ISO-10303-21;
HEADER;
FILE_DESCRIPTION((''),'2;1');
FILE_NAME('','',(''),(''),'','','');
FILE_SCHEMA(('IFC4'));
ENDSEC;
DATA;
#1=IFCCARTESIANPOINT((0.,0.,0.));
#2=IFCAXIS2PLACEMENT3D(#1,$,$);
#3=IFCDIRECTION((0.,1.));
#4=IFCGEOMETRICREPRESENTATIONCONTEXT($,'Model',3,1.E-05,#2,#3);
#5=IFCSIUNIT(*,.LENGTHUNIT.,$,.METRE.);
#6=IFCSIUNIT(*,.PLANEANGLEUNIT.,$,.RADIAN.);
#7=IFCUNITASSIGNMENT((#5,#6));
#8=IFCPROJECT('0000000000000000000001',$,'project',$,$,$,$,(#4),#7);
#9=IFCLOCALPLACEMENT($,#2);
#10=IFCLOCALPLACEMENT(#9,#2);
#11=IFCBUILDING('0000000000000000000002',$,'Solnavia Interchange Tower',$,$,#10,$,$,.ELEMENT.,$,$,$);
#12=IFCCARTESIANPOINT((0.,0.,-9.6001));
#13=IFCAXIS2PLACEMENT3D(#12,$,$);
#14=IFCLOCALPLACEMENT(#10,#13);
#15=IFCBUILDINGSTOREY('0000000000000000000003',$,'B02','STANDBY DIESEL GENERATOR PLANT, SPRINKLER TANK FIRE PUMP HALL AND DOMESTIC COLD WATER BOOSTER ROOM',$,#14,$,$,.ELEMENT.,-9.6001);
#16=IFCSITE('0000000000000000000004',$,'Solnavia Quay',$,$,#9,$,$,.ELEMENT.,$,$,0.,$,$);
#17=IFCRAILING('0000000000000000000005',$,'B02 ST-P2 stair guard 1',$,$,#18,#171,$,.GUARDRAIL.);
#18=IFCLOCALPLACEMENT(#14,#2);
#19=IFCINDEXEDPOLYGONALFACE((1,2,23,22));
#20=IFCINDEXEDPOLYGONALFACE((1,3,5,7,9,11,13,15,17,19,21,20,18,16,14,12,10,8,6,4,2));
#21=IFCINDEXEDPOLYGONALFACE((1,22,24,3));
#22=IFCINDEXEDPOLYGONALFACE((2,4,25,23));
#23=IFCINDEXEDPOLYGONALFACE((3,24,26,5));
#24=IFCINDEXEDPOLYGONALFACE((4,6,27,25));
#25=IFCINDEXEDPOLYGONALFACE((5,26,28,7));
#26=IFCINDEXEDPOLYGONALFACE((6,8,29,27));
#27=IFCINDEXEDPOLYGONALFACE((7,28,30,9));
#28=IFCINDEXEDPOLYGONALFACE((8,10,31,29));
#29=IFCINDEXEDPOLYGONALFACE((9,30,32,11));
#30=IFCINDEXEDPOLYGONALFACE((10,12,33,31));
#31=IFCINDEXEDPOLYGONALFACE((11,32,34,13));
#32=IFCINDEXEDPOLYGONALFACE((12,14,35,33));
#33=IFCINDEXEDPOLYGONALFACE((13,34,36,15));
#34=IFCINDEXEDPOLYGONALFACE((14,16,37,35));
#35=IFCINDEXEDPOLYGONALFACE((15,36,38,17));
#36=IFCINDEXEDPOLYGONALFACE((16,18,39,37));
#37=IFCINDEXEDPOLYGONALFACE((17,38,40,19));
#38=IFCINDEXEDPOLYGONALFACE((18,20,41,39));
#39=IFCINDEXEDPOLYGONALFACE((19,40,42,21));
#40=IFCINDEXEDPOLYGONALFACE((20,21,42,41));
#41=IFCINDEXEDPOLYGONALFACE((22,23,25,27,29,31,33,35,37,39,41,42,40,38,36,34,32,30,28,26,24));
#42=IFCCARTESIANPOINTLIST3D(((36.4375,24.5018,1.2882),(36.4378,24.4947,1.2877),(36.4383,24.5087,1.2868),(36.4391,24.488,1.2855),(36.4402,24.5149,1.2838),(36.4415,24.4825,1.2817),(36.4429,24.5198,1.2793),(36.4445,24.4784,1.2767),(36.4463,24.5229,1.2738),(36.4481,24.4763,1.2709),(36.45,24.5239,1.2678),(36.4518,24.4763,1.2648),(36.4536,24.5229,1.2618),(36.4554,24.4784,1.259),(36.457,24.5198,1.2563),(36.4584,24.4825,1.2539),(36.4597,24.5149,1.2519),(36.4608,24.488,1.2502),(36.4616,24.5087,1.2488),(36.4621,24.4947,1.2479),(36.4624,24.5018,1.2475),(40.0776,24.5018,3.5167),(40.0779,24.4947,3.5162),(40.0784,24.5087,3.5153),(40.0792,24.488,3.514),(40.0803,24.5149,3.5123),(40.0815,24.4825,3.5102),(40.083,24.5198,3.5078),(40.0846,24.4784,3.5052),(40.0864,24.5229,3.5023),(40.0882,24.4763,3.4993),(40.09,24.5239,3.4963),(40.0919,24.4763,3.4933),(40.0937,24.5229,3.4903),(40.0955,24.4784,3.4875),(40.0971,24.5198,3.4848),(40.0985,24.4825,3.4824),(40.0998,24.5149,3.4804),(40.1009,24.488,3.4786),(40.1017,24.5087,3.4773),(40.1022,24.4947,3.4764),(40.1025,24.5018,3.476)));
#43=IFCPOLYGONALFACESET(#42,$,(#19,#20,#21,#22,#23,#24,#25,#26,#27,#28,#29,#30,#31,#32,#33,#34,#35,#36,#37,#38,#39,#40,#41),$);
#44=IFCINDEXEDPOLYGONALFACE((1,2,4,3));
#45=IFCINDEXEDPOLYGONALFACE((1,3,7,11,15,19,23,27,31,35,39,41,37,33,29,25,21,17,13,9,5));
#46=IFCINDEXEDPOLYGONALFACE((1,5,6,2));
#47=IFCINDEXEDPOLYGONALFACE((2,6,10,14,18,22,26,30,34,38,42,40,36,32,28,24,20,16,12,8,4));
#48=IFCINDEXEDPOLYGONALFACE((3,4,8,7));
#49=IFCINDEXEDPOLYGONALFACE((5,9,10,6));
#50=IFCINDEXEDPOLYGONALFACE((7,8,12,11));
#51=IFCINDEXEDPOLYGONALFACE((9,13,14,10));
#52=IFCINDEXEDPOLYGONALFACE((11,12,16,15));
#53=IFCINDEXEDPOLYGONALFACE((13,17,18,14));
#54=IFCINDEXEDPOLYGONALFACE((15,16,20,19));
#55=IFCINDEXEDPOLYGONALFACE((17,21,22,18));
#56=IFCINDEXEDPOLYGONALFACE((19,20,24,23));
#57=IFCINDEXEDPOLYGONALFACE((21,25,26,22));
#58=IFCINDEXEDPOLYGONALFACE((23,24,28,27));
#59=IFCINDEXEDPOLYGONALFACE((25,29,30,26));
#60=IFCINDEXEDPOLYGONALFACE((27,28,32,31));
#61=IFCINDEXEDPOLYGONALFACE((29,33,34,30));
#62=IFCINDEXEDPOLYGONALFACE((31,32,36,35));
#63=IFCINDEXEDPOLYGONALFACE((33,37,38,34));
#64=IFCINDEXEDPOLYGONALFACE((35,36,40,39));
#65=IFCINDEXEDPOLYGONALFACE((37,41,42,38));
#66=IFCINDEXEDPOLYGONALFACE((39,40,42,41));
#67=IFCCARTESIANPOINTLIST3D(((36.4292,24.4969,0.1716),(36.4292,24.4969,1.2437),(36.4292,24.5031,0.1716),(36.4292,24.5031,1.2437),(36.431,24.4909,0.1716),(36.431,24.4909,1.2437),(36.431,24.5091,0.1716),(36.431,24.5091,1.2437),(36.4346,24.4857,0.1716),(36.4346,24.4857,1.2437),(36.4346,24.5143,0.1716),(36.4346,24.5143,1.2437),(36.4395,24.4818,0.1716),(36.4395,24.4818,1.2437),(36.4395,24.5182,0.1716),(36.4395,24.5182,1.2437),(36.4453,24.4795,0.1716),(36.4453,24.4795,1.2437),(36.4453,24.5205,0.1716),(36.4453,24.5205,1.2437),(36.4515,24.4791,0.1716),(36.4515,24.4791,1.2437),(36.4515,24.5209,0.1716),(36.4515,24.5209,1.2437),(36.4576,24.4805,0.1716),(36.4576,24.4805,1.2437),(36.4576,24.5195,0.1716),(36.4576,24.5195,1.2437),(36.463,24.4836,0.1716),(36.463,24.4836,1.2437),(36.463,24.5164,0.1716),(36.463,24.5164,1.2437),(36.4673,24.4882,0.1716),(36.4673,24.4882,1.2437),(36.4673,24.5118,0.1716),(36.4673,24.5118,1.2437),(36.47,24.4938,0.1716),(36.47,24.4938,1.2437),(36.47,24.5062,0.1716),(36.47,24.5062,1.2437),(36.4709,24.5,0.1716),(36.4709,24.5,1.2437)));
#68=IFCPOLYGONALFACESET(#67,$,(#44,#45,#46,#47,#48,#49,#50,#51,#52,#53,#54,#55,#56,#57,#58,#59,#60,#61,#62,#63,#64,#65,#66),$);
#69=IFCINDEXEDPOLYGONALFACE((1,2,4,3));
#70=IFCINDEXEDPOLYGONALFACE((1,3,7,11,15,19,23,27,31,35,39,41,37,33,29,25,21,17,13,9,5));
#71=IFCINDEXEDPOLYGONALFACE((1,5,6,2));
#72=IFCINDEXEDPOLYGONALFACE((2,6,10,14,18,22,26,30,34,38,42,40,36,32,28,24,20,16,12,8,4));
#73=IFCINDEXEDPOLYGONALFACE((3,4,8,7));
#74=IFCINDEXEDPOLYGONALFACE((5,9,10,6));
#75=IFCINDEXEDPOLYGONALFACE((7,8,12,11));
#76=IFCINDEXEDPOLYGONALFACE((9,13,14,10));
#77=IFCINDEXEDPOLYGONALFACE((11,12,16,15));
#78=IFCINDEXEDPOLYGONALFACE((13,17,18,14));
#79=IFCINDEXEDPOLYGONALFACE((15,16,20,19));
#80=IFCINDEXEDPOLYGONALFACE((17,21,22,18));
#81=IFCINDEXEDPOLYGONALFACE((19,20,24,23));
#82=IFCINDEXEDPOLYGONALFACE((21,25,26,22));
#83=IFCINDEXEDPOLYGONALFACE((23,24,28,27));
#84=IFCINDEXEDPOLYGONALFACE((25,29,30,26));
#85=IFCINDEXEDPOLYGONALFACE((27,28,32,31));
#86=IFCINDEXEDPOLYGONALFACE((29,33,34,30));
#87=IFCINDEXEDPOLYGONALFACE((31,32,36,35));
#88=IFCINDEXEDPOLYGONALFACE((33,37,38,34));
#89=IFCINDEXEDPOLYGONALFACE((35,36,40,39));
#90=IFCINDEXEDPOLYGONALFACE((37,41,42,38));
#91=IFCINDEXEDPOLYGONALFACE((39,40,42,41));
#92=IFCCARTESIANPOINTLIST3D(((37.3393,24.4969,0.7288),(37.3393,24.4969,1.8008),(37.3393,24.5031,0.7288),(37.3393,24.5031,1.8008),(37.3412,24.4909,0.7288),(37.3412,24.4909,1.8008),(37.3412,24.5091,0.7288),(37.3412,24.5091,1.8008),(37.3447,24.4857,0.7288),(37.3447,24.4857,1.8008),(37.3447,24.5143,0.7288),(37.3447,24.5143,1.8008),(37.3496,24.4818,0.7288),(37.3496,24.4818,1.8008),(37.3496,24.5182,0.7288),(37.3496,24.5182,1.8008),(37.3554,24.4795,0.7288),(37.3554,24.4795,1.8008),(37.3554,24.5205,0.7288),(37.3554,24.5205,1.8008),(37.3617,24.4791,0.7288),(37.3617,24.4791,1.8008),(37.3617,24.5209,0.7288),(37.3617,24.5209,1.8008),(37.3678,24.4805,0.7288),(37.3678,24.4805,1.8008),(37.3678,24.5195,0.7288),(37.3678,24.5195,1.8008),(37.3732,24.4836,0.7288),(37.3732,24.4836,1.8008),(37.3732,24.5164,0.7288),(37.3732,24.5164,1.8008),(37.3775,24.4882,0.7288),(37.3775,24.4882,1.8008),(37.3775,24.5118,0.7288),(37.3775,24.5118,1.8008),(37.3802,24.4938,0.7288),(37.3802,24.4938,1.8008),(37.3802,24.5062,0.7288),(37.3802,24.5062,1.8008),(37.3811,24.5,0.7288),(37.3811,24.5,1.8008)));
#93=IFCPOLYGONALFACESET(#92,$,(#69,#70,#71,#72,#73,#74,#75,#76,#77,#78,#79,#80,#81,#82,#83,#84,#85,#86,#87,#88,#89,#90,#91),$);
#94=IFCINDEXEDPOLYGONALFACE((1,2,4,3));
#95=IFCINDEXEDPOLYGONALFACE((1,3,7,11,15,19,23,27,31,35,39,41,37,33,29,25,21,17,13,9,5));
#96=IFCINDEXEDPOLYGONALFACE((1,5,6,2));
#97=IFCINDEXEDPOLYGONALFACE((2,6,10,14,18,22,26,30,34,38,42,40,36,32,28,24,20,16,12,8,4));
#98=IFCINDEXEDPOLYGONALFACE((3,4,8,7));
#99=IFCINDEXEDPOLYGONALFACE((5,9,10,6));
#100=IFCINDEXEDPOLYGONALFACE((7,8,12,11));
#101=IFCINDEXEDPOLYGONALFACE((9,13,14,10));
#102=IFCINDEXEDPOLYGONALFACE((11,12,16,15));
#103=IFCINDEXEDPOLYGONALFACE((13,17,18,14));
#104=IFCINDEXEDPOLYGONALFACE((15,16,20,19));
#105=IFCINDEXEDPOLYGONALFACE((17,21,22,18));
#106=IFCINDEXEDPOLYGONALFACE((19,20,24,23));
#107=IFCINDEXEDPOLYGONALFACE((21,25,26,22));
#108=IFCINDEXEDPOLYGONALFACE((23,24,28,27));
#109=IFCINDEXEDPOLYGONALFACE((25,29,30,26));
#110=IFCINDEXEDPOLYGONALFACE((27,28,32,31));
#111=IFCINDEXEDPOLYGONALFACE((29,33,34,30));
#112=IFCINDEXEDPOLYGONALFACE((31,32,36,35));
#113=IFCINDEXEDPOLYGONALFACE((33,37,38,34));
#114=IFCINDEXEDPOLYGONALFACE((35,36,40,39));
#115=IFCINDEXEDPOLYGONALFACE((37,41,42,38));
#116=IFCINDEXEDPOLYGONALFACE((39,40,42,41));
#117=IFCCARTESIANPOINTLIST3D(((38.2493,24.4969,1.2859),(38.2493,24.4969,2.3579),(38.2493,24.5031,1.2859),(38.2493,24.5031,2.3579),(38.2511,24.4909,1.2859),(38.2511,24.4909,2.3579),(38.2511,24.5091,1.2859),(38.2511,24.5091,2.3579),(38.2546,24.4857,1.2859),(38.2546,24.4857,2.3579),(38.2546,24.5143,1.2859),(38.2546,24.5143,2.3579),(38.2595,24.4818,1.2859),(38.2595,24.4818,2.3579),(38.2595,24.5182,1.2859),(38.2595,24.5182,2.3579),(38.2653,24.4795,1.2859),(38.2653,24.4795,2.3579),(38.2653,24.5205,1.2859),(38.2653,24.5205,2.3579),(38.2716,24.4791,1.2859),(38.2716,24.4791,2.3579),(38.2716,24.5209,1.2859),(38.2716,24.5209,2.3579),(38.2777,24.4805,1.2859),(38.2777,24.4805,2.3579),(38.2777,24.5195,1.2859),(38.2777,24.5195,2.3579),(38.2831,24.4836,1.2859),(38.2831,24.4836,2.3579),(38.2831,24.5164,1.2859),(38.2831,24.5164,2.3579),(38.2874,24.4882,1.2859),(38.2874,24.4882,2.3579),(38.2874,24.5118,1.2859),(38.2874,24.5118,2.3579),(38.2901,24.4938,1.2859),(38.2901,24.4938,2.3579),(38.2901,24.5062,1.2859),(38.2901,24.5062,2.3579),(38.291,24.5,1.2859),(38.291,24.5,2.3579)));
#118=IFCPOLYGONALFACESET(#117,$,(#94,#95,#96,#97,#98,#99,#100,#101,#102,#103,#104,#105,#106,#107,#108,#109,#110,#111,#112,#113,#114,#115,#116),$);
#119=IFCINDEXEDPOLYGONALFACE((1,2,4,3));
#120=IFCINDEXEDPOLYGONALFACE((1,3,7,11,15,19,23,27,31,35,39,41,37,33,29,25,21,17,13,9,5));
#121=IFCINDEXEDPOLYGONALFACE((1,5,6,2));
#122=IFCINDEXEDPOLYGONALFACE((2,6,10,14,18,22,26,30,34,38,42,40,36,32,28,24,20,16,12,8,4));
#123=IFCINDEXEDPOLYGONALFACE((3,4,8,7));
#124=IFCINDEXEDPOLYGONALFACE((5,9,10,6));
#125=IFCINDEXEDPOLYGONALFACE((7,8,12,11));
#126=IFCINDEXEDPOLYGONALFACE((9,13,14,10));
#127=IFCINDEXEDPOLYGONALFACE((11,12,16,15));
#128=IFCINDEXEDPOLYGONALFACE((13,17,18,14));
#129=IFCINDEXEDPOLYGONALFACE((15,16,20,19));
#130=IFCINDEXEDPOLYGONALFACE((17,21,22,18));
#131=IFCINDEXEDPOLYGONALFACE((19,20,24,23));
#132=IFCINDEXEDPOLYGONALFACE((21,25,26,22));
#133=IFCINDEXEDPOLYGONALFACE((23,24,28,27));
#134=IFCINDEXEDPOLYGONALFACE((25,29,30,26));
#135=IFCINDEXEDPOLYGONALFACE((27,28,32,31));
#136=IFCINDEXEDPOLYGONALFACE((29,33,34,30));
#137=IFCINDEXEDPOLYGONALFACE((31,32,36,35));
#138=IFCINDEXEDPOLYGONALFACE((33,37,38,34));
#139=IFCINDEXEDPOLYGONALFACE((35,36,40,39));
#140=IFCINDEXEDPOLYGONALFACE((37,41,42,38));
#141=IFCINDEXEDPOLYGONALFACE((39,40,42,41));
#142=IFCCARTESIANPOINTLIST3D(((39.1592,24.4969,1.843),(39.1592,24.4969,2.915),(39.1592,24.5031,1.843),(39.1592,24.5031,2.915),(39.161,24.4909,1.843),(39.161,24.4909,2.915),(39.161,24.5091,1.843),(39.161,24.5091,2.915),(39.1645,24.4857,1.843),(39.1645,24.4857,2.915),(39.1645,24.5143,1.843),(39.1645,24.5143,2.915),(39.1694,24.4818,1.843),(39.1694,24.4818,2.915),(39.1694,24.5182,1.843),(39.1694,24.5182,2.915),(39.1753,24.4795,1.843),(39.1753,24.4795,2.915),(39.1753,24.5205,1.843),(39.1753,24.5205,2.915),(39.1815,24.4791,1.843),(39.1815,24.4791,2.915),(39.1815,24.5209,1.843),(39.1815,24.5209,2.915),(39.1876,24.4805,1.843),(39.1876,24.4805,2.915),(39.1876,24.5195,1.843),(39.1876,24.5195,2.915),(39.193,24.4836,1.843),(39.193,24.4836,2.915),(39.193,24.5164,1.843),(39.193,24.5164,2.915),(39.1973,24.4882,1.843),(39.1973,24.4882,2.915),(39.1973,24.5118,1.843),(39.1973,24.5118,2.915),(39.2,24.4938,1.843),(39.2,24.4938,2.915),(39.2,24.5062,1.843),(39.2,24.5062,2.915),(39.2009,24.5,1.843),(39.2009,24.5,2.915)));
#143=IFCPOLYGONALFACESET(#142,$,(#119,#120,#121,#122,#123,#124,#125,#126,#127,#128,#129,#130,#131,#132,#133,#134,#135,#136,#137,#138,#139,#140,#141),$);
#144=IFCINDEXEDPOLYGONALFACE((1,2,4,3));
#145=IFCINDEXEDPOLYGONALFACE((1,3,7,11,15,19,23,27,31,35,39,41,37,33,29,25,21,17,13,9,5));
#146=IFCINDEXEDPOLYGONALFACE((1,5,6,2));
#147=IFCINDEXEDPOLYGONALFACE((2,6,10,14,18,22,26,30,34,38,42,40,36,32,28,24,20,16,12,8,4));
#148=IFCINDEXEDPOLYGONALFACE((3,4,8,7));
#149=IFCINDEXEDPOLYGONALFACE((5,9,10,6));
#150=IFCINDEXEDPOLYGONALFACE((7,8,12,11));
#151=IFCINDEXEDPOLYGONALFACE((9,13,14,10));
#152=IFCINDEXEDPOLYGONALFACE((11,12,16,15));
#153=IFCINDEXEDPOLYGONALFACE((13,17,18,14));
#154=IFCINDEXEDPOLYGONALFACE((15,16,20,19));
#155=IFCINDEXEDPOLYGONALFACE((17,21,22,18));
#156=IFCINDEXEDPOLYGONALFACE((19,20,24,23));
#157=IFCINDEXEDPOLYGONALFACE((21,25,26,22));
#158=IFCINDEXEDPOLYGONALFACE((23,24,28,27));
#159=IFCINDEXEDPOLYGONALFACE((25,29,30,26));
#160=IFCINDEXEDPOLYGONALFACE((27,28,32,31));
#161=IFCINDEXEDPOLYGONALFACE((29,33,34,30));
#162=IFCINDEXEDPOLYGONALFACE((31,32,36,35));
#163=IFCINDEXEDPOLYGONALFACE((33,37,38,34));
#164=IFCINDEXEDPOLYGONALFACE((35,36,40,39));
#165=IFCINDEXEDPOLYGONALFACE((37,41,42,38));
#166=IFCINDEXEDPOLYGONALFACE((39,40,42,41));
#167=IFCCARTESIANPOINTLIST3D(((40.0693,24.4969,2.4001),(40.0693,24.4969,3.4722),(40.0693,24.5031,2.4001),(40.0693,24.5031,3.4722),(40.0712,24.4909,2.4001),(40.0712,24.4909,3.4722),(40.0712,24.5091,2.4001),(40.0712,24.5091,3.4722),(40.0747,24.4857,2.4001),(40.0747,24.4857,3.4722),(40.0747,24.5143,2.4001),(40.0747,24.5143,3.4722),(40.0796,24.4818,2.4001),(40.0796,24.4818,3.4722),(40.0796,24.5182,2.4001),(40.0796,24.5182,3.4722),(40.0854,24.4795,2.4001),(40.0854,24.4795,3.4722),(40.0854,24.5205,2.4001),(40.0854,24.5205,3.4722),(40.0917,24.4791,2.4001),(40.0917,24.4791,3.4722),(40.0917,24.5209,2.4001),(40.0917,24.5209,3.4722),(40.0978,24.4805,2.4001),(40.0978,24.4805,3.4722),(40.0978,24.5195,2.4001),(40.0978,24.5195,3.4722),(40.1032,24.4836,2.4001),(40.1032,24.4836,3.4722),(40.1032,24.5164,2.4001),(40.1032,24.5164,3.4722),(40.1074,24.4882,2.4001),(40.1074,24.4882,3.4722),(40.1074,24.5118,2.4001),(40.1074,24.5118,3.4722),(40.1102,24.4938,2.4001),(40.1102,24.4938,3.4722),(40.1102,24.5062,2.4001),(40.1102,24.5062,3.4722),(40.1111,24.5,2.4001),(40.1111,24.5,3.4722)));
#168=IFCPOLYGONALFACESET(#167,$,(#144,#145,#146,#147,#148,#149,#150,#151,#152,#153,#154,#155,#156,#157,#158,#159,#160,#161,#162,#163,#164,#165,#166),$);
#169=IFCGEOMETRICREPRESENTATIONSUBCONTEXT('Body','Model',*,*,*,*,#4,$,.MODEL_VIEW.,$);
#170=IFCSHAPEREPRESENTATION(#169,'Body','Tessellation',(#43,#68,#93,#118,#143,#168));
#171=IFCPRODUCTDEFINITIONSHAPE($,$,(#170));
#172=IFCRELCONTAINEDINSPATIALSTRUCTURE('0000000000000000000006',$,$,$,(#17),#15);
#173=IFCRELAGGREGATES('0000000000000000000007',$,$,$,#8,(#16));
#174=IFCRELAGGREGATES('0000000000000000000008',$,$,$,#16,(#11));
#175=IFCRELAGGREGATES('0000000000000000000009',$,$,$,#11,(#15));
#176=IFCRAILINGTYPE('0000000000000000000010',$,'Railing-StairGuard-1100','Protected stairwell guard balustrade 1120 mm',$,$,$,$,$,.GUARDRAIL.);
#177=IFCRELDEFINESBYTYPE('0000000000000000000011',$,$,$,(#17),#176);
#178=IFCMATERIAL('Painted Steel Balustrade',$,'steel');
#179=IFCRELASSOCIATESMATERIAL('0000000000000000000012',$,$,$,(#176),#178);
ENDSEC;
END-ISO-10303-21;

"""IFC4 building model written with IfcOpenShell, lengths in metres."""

from ifc_helpers import new_model, si_unit, direction, frame, origin, origin_2d, place, context, subcontext, project, spatial, circle, extrude, material, type_object, element, save


model = new_model("IFC4")

# Units and contexts
model_context = context("Model", 3, precision=1e-05, world=origin(), true_north=direction((0.0, 1.0)))
body_context = subcontext(model_context, "Body", "Model", "MODEL_VIEW")
ifc_project = project(units=[si_unit("LENGTHUNIT", "METRE"), si_unit("PLANEANGLEUNIT", "RADIAN")], contexts=[model_context])

# Site, building, storey
site_placement = place(None, origin())
site = spatial("IfcSite", under=ifc_project, at=site_placement, Name="Solnavia Quay", CompositionType="ELEMENT", RefElevation=0.0)
building_placement = place(site_placement, origin())
building = spatial("IfcBuilding", under=site, at=building_placement, Name="Solnavia Interchange Tower", CompositionType="ELEMENT")
storey_placement = place(building_placement, frame((0.0, 0.0, -9.6001)))
storey = spatial("IfcBuildingStorey", under=building, at=storey_placement, Name="B02", Description="STANDBY DIESEL GENERATOR PLANT, SPRINKLER TANK FIRE PUMP HALL AND DOMESTIC COLD WATER BOOSTER ROOM", CompositionType="ELEMENT", Elevation=-9.6001)

# Railing
ifc_material_1 = material(Name="Painted Steel Balustrade", Category="steel")
railing_type_1 = type_object("IfcRailingType", Name="Railing-StairGuard-1100", Description="Protected stairwell guard balustrade 1120 mm", PredefinedType="GUARDRAIL", material=ifc_material_1)
railing_1_placement = place(storey_placement, frame((36.45, 24.5, 0.1716)))
element("IfcRailing", 1, at=railing_1_placement, inside=storey, type_object=railing_type_1, Name="B02 ST-P2 stair guard 1", PredefinedType="GUARDRAIL", context=body_context, shape_type="SweptSolid", body=[
    extrude(circle(Radius=0.0239, at=origin_2d()), frame((0.0, 0.0, 1.0962), z_axis=(0.852866, 0.0, 0.52213), x_axis=(0.0, 1.0, 0.0)), (0.0, 0.0, 1.0), 4.2681),
    extrude(circle(Radius=0.021, at=origin_2d()), origin(), (0.0, 0.0, 1.0), 1.072),
    extrude(circle(Radius=0.021, at=origin_2d()), frame((0.9102, 0.0, 0.5571)), (0.0, 0.0, 1.0), 1.072),
    extrude(circle(Radius=0.021, at=origin_2d()), frame((1.8201, 0.0, 1.1143)), (0.0, 0.0, 1.0), 1.072),
    extrude(circle(Radius=0.021, at=origin_2d()), frame((2.73, 0.0, 1.6714)), (0.0, 0.0, 1.0), 1.072),
    extrude(circle(Radius=0.021, at=origin_2d()), frame((3.6401, 0.0, 2.2285)), (0.0, 0.0, 1.0), 1.072),
])

save(model, "model.ifc")
